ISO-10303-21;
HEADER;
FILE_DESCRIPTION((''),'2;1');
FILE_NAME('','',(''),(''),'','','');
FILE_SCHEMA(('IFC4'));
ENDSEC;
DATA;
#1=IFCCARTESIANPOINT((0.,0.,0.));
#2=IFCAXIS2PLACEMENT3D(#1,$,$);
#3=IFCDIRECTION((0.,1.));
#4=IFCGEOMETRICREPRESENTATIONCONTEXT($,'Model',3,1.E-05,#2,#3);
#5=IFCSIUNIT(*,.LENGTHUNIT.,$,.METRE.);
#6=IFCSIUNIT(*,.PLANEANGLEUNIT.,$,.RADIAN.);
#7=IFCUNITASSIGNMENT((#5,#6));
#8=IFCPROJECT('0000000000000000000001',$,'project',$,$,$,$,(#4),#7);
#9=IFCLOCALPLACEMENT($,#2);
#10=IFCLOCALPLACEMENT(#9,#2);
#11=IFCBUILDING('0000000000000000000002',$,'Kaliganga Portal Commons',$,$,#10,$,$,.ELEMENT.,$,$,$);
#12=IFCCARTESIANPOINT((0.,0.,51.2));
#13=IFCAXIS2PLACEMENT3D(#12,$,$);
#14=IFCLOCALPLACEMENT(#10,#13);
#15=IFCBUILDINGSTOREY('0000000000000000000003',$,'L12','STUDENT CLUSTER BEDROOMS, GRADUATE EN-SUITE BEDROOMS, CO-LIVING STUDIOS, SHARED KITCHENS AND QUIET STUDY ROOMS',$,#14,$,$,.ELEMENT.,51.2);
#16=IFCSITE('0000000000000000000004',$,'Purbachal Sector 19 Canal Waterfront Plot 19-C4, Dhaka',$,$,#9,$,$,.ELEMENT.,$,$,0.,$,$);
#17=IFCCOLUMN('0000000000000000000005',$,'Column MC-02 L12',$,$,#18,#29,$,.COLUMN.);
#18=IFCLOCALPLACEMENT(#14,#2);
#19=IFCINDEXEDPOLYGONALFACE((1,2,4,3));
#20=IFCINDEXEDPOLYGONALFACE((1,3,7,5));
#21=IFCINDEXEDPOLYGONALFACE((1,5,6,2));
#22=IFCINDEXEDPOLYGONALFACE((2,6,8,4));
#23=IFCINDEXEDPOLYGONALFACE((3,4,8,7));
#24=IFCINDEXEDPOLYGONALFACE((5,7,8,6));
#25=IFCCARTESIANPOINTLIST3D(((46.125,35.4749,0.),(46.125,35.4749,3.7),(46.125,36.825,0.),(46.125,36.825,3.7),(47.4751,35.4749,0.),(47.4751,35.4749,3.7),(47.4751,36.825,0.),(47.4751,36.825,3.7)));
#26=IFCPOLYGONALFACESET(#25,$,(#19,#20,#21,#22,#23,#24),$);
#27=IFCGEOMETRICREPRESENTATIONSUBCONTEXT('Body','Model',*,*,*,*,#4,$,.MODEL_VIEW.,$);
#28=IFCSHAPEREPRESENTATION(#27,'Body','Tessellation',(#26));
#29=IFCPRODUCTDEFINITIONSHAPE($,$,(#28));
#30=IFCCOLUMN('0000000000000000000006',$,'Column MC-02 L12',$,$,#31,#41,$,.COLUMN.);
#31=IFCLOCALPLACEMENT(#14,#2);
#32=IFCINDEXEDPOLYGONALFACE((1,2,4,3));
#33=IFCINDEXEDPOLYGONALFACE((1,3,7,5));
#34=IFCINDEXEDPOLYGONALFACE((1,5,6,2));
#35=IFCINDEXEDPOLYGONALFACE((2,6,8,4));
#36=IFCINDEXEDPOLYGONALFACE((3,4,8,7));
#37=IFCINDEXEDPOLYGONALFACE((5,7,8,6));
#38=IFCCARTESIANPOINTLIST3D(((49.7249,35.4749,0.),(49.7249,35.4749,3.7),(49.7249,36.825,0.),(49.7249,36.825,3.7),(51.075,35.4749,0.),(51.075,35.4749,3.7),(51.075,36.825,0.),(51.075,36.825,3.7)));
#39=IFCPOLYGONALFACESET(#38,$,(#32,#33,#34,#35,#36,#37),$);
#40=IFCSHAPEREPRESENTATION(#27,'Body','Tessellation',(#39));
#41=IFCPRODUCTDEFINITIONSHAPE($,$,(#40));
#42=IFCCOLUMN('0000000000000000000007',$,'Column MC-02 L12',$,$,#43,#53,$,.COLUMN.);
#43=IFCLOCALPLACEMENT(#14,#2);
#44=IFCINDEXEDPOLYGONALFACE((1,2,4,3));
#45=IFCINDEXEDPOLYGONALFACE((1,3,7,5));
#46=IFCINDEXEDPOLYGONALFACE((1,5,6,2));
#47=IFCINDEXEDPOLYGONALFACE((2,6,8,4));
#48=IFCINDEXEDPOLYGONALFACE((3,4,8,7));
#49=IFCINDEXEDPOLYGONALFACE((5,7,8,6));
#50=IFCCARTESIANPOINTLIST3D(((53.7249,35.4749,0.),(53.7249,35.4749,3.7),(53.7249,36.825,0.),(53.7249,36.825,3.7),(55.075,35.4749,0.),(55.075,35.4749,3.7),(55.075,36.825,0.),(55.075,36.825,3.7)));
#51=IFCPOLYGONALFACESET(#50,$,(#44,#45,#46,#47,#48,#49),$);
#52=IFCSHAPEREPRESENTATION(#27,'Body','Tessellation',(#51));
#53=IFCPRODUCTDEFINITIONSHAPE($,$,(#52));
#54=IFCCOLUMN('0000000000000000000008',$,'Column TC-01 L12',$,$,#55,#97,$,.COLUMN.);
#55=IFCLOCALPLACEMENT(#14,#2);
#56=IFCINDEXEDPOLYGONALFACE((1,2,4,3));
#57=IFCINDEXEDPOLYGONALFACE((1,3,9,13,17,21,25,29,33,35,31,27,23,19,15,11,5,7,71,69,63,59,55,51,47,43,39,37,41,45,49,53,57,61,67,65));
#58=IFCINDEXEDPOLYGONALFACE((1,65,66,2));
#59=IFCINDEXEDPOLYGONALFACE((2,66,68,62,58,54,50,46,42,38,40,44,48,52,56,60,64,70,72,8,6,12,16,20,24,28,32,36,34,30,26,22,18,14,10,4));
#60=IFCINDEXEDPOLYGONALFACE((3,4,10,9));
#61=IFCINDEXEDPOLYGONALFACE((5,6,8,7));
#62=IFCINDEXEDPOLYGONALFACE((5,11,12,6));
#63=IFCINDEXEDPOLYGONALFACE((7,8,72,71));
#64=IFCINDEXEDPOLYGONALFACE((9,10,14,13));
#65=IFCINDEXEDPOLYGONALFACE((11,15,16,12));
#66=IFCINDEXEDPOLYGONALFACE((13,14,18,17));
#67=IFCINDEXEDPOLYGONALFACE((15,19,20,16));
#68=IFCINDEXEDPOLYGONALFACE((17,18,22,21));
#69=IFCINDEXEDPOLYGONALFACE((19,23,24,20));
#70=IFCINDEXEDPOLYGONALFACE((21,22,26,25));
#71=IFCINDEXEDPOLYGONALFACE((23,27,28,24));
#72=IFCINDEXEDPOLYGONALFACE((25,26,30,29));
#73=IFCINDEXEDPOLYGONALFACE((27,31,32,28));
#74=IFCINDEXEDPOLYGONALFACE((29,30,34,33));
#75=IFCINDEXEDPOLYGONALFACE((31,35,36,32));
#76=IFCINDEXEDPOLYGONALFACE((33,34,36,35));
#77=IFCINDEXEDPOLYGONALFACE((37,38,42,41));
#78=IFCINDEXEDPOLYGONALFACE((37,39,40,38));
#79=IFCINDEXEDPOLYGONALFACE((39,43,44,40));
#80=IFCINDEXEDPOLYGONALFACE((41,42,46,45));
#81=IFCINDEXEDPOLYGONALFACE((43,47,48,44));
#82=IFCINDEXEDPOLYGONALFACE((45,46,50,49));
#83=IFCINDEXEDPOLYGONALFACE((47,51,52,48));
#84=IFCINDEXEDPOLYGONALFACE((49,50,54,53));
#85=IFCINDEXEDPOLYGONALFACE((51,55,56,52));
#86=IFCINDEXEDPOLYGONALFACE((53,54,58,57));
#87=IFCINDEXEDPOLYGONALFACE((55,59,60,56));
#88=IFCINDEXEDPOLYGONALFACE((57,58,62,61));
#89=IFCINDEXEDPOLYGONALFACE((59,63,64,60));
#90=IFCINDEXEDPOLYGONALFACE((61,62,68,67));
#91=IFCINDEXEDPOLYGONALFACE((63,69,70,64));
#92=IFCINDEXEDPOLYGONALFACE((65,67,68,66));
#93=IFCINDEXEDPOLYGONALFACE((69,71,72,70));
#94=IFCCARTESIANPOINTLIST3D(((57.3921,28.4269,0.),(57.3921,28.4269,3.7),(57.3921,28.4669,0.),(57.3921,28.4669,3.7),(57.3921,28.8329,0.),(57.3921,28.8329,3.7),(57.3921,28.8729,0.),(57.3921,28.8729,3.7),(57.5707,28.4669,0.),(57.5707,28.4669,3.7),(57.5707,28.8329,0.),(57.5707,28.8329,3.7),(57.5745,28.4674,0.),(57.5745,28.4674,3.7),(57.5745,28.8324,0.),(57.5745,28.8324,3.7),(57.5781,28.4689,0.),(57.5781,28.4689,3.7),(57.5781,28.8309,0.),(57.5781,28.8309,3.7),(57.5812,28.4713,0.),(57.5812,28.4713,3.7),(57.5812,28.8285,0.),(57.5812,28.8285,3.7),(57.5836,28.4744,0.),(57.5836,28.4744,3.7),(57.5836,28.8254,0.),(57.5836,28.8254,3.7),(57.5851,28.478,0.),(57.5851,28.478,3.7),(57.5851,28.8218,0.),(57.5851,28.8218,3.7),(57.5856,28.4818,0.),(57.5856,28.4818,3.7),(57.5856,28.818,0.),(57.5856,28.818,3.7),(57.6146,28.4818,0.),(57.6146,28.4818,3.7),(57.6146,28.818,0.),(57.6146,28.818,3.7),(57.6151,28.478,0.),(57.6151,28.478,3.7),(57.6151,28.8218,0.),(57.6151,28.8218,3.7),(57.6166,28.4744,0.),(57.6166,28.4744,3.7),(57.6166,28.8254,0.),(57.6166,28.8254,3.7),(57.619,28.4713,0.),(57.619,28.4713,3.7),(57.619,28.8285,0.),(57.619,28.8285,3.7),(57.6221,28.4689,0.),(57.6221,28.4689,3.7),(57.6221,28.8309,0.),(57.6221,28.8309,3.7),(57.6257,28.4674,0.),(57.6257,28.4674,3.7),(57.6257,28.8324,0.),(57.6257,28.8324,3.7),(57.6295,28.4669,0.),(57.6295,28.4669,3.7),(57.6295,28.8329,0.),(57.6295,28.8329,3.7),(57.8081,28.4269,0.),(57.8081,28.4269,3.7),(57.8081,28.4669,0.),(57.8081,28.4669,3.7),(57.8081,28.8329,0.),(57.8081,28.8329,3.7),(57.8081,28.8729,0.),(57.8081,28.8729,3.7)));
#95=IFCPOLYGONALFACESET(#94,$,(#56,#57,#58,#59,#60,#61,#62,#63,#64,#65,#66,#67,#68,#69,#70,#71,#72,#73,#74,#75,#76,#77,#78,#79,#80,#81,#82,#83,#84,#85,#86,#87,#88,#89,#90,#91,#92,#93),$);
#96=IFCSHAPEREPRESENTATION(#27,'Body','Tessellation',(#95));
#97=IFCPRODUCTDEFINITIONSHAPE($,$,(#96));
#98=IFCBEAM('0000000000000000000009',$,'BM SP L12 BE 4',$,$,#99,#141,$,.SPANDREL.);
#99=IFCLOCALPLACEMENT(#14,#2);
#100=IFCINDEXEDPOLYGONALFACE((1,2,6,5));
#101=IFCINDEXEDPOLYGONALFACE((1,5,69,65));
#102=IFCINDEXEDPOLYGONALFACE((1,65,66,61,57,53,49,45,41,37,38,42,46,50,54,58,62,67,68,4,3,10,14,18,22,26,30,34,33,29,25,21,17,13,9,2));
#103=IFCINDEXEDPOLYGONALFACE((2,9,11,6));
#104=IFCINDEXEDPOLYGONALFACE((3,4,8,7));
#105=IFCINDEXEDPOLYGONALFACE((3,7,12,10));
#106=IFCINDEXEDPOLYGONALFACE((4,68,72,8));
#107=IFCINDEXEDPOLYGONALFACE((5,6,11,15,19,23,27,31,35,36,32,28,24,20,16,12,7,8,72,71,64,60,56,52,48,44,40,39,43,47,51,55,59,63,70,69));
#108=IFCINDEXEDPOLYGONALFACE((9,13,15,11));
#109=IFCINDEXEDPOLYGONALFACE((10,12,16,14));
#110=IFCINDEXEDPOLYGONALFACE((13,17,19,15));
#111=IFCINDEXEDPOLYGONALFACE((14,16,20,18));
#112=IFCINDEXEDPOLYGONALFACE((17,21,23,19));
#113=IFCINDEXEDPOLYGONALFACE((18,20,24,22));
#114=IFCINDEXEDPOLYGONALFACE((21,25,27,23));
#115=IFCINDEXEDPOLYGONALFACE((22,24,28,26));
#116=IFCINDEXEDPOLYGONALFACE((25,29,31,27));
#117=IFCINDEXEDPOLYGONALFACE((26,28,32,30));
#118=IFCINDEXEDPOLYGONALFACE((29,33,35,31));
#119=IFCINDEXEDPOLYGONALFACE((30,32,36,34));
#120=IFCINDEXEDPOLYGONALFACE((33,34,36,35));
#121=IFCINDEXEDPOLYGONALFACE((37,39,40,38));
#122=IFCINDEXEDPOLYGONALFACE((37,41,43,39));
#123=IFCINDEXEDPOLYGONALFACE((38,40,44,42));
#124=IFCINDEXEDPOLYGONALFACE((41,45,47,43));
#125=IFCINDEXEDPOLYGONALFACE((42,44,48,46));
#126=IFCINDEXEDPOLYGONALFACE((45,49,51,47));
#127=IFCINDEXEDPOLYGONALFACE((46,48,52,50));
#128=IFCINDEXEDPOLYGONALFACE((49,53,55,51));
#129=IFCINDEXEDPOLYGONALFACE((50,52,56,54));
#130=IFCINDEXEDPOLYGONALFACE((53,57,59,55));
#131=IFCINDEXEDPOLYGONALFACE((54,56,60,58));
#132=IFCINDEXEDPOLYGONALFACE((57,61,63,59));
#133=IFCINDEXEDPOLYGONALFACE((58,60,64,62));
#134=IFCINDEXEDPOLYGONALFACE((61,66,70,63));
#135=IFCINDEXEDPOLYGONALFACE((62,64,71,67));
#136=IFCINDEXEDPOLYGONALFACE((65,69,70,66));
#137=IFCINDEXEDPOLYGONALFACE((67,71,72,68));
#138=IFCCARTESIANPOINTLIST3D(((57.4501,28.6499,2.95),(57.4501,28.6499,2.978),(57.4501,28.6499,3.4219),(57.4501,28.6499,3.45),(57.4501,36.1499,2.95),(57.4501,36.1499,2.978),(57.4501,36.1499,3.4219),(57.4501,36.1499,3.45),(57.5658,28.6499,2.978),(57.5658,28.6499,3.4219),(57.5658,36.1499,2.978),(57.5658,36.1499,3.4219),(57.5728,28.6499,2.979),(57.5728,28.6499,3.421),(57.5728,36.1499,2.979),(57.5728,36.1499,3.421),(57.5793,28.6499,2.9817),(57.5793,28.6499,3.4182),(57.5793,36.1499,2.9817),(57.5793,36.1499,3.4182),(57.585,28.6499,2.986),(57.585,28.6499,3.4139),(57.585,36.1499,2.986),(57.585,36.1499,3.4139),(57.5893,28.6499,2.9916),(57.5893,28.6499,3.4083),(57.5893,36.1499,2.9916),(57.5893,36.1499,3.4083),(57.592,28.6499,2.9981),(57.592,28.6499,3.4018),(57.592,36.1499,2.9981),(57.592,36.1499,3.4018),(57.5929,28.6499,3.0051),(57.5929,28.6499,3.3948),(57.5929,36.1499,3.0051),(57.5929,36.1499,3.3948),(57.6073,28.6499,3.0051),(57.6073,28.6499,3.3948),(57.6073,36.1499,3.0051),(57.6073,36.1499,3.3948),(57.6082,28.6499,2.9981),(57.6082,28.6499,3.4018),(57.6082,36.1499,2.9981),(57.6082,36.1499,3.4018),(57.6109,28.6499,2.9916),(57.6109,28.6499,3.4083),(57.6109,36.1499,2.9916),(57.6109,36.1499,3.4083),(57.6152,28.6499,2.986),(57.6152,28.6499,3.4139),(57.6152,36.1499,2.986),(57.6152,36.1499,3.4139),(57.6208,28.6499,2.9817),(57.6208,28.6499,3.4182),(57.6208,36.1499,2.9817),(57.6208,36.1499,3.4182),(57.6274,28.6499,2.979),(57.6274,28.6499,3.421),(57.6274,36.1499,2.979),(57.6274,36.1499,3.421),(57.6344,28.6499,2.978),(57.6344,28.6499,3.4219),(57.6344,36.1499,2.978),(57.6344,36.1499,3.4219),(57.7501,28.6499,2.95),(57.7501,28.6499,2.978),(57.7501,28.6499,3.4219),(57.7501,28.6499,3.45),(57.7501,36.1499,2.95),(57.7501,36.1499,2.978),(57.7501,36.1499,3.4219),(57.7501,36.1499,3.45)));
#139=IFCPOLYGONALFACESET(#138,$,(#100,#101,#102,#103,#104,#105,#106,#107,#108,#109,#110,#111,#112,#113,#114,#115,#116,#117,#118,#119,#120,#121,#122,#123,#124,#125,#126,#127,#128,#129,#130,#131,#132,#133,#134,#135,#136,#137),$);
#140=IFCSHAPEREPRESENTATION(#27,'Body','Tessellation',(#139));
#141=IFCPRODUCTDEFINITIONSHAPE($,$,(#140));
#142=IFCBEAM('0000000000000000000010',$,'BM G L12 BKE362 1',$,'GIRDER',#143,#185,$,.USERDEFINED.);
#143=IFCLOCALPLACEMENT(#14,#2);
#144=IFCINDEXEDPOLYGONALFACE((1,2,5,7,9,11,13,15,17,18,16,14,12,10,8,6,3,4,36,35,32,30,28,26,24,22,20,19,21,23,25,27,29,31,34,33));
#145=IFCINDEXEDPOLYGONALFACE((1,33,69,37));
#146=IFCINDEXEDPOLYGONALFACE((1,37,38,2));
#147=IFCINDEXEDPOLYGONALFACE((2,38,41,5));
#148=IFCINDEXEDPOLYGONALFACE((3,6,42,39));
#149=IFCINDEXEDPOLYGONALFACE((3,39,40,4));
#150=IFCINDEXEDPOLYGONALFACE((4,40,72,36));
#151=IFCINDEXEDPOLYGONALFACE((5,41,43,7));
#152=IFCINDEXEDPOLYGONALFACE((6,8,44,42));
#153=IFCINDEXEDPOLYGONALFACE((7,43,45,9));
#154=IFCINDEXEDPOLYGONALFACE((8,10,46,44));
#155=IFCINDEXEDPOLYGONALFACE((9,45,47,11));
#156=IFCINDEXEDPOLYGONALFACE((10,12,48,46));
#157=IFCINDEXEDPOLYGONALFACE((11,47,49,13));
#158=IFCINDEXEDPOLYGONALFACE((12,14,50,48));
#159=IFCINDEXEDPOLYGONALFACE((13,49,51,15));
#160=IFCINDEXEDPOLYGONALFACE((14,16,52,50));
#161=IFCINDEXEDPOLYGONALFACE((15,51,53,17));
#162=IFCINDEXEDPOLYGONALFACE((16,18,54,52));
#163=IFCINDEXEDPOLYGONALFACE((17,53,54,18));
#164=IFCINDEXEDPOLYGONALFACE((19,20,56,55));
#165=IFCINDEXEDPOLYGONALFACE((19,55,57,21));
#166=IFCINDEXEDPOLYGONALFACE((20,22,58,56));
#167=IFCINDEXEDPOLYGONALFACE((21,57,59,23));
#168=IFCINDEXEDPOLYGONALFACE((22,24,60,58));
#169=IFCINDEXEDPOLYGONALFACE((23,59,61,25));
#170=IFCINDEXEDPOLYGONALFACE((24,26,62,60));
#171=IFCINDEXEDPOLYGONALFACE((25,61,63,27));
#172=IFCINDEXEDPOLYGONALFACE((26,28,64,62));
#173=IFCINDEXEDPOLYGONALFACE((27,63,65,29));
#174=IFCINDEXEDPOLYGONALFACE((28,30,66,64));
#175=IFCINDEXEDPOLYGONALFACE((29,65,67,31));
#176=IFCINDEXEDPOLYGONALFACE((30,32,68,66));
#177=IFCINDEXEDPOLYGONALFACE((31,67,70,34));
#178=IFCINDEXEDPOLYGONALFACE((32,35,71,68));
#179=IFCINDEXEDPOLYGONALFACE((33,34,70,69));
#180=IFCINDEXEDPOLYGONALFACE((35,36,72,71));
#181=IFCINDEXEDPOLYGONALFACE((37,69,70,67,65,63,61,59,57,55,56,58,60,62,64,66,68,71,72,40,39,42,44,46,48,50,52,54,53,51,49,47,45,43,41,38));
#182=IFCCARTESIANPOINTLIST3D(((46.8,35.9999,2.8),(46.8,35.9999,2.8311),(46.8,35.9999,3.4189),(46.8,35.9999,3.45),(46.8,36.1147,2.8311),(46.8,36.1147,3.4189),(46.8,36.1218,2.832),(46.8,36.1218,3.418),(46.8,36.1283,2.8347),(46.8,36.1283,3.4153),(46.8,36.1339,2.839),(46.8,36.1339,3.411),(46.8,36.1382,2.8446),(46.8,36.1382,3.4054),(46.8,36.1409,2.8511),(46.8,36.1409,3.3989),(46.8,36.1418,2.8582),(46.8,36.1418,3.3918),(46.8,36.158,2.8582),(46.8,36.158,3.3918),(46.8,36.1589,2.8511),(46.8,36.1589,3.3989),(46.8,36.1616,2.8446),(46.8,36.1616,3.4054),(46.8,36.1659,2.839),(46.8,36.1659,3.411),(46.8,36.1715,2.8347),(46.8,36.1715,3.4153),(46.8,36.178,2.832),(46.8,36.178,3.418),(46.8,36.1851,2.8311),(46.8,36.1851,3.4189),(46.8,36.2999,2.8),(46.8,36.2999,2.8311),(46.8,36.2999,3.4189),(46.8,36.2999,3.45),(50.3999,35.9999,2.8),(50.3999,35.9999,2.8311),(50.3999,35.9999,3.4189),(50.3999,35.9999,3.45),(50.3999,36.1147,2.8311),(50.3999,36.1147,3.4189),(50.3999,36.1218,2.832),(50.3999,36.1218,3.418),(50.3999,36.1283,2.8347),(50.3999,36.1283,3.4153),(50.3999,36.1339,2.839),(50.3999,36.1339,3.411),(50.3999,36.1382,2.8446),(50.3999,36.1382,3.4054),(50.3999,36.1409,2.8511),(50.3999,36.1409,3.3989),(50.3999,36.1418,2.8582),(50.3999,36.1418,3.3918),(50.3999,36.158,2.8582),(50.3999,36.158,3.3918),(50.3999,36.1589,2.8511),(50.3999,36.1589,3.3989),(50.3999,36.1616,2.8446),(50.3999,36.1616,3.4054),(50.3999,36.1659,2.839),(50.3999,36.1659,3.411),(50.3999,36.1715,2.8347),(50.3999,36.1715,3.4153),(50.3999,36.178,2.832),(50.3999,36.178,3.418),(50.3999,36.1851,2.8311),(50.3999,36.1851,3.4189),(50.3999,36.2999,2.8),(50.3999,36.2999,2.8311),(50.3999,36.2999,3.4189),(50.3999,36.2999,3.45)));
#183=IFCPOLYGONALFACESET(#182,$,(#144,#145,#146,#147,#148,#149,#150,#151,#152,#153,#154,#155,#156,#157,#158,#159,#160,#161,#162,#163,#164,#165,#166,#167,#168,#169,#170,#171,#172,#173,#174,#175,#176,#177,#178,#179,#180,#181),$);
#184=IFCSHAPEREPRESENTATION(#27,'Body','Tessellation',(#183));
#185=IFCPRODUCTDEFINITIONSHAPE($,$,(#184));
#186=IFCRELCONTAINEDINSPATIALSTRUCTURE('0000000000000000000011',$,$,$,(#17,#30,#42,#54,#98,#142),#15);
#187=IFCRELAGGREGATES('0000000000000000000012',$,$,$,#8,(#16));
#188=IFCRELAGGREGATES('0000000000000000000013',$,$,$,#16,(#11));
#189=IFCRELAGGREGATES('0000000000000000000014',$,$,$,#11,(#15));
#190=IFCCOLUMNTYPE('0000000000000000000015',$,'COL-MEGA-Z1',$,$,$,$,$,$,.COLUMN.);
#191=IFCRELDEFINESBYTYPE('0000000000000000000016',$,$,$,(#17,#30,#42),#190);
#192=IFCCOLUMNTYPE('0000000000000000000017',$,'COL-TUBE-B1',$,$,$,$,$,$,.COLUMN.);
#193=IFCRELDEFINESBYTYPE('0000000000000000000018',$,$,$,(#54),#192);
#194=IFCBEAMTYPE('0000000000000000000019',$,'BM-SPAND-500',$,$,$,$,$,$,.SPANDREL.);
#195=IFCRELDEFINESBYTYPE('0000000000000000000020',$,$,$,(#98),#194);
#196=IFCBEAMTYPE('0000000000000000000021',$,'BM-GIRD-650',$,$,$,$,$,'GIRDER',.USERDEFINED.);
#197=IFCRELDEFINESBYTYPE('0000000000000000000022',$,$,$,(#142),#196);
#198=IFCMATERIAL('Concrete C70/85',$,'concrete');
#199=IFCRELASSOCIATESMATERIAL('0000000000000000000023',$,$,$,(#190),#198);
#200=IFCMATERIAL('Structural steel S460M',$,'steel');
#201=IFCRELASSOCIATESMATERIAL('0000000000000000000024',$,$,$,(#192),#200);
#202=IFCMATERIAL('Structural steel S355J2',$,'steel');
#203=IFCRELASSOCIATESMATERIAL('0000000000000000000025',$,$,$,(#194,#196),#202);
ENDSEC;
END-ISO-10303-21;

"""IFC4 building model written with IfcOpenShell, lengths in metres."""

from ifc_helpers import new_model, si_unit, direction, frame, origin, origin_2d, place, context, subcontext, project, spatial, rectangle, i_section, extrude, source, transform, mapped, material, material_profile, profile_set, type_object, element, save


model = new_model("IFC4")

# Units and contexts
model_context = context("Model", 3, precision=1e-05, world=origin(), true_north=direction((0.0, 1.0)))
body_context = subcontext(model_context, "Body", "Model", "MODEL_VIEW")
ifc_project = project(units=[si_unit("LENGTHUNIT", "METRE"), si_unit("PLANEANGLEUNIT", "RADIAN")], contexts=[model_context])

# Site, building, storey
site_placement = place(None, origin())
site = spatial("IfcSite", under=ifc_project, at=site_placement, Name="Purbachal Sector 19 Canal Waterfront Plot 19-C4, Dhaka", CompositionType="ELEMENT", RefElevation=0.0)
building_placement = place(site_placement, origin())
building = spatial("IfcBuilding", under=site, at=building_placement, Name="Kaliganga Portal Commons", CompositionType="ELEMENT")
storey_placement = place(building_placement, frame((0.0, 0.0, 51.2)))
storey = spatial("IfcBuildingStorey", under=building, at=storey_placement, Name="L12", Description="STUDENT CLUSTER BEDROOMS, GRADUATE EN-SUITE BEDROOMS, CO-LIVING STUDIOS, SHARED KITCHENS AND QUIET STUDY ROOMS", CompositionType="ELEMENT", Elevation=51.2)

# Columns
ifc_material_1 = material(Name="Concrete C70/85", Category="concrete")
ifc_material_profile_1 = material_profile(ifc_material_1, rectangle(XDim=1.3501, YDim=1.3501, at=origin_2d()), Name="RC 1350x1350")
ifc_profile_set_1 = profile_set([ifc_material_profile_1], Name="Concrete C70/85")
column_type_1 = type_object("IfcColumnType", Name="COL-MEGA-Z1", PredefinedType="COLUMN", material=ifc_profile_set_1)
shared_shape_1 = source(origin(), body_context, "Body", "SweptSolid", [
    extrude(rectangle(XDim=1.3501, YDim=1.3501, at=origin_2d()), origin(), (0.0, 0.0, 1.0), 3.7),
])
for number, where, z_axis, x_axis, name in (
    (1, (46.8, 36.1499, 0.0), (0.0, 0.0, 1.0), (1.0, 0.0, 0.0), "Column MC-02 L12"),
    (2, (50.3999, 36.1499, 0.0), (0.0, 0.0, 1.0), (1.0, 0.0, 0.0), "Column MC-02 L12"),
    (3, (54.3999, 36.1499, 0.0), (0.0, 0.0, 1.0), (1.0, 0.0, 0.0), "Column MC-02 L12"),
):
    element("IfcColumn", number, at=place(storey_placement, frame(where, z_axis=z_axis, x_axis=x_axis)), inside=storey, type_object=column_type_1, Name=name, PredefinedType="COLUMN", context=body_context, shape_type="MappedRepresentation", body=[
        mapped(shared_shape_1, transform((0.0, 0.0, 0.0), x_axis=(1.0, 0.0, 0.0), y_axis=(0.0, 1.0, 0.0), z_axis=(0.0, 0.0, 1.0), scale=1.0)),
    ])
ifc_material_2 = material(Name="Structural steel S460M", Category="steel")
ifc_material_profile_2 = material_profile(ifc_material_2, i_section(OverallWidth=0.416, OverallDepth=0.446, WebThickness=0.0291, FlangeThickness=0.04, FilletRadius=0.0149, at=origin_2d()), Name="HD 400x509")
ifc_profile_set_2 = profile_set([ifc_material_profile_2], Name="Structural steel S460M wide-flange")
column_type_2 = type_object("IfcColumnType", Name="COL-TUBE-B1", PredefinedType="COLUMN", material=ifc_profile_set_2)
shared_shape_2 = source(origin(), body_context, "Body", "SweptSolid", [
    extrude(i_section(OverallWidth=0.416, OverallDepth=0.446, WebThickness=0.0291, FlangeThickness=0.04, FilletRadius=0.0149, at=origin_2d()), origin(), (0.0, 0.0, 1.0), 3.7),
])
column_placement = place(storey_placement, frame((57.6001, 28.6499, 0.0), z_axis=(0.0, 0.0, 1.0), x_axis=(1.0, 0.0, 0.0)))
element("IfcColumn", 4, at=column_placement, inside=storey, type_object=column_type_2, Name="Column TC-01 L12", PredefinedType="COLUMN", context=body_context, shape_type="MappedRepresentation", body=[
    mapped(shared_shape_2, transform((0.0, 0.0, 0.0), x_axis=(1.0, 0.0, 0.0), y_axis=(0.0, 1.0, 0.0), z_axis=(0.0, 0.0, 1.0), scale=1.0)),
])

# Beams
ifc_material_3 = material(Name="Structural steel S355J2", Category="steel")
ifc_material_profile_3 = material_profile(ifc_material_3, i_section(OverallWidth=0.3, OverallDepth=0.5, WebThickness=0.0144, FlangeThickness=0.0281, FilletRadius=0.0271, at=origin_2d()), Name="HE 500 B")
ifc_profile_set_3 = profile_set([ifc_material_profile_3], Name="Structural steel S355J2 wide-flange")
beam_type_1 = type_object("IfcBeamType", Name="BM-SPAND-500", PredefinedType="SPANDREL", material=ifc_profile_set_3)
shared_shape_3 = source(origin(), body_context, "Body", "SweptSolid", [
    extrude(i_section(OverallWidth=0.3, OverallDepth=0.5, WebThickness=0.0144, FlangeThickness=0.0281, FilletRadius=0.0271, at=origin_2d()), origin(), (0.0, 0.0, 1.0), 7.5),
])
beam_1_placement = place(storey_placement, frame((57.6001, 28.6499, 3.2), z_axis=(0.0, 1.0, 0.0), x_axis=(-1.0, 0.0, 0.0)))
element("IfcBeam", 5, at=beam_1_placement, inside=storey, type_object=beam_type_1, Name="BM SP L12 BE 4", PredefinedType="SPANDREL", context=body_context, shape_type="MappedRepresentation", body=[
    mapped(shared_shape_3, transform((0.0, 0.0, 0.0), x_axis=(1.0, 0.0, 0.0), y_axis=(0.0, 1.0, 0.0), z_axis=(0.0, 0.0, 1.0), scale=1.0)),
])
ifc_material_profile_4 = material_profile(ifc_material_3, i_section(OverallWidth=0.3, OverallDepth=0.6499, WebThickness=0.0161, FlangeThickness=0.031, FilletRadius=0.0271, at=origin_2d()), Name="HE 650 B")
ifc_profile_set_4 = profile_set([ifc_material_profile_4], Name="Structural steel S355J2 wide-flange")
beam_type_2 = type_object("IfcBeamType", Name="BM-GIRD-650", ElementType="GIRDER", PredefinedType="USERDEFINED", material=ifc_profile_set_4)
shared_shape_4 = source(origin(), body_context, "Body", "SweptSolid", [
    extrude(i_section(OverallWidth=0.3, OverallDepth=0.6499, WebThickness=0.0161, FlangeThickness=0.031, FilletRadius=0.0271, at=origin_2d()), origin(), (0.0, 0.0, 1.0), 3.5999),
])
beam_2_placement = place(storey_placement, frame((46.8, 36.1499, 3.125), z_axis=(1.0, 0.0, 0.0), x_axis=(0.0, 1.0, 0.0)))
element("IfcBeam", 6, at=beam_2_placement, inside=storey, type_object=beam_type_2, Name="BM G L12 BKE362 1", ObjectType="GIRDER", PredefinedType="USERDEFINED", context=body_context, shape_type="MappedRepresentation", body=[
    mapped(shared_shape_4, transform((0.0, 0.0, 0.0), x_axis=(1.0, 0.0, 0.0), y_axis=(0.0, 1.0, 0.0), z_axis=(0.0, 0.0, 1.0), scale=1.0)),
])

save(model, "model.ifc")
